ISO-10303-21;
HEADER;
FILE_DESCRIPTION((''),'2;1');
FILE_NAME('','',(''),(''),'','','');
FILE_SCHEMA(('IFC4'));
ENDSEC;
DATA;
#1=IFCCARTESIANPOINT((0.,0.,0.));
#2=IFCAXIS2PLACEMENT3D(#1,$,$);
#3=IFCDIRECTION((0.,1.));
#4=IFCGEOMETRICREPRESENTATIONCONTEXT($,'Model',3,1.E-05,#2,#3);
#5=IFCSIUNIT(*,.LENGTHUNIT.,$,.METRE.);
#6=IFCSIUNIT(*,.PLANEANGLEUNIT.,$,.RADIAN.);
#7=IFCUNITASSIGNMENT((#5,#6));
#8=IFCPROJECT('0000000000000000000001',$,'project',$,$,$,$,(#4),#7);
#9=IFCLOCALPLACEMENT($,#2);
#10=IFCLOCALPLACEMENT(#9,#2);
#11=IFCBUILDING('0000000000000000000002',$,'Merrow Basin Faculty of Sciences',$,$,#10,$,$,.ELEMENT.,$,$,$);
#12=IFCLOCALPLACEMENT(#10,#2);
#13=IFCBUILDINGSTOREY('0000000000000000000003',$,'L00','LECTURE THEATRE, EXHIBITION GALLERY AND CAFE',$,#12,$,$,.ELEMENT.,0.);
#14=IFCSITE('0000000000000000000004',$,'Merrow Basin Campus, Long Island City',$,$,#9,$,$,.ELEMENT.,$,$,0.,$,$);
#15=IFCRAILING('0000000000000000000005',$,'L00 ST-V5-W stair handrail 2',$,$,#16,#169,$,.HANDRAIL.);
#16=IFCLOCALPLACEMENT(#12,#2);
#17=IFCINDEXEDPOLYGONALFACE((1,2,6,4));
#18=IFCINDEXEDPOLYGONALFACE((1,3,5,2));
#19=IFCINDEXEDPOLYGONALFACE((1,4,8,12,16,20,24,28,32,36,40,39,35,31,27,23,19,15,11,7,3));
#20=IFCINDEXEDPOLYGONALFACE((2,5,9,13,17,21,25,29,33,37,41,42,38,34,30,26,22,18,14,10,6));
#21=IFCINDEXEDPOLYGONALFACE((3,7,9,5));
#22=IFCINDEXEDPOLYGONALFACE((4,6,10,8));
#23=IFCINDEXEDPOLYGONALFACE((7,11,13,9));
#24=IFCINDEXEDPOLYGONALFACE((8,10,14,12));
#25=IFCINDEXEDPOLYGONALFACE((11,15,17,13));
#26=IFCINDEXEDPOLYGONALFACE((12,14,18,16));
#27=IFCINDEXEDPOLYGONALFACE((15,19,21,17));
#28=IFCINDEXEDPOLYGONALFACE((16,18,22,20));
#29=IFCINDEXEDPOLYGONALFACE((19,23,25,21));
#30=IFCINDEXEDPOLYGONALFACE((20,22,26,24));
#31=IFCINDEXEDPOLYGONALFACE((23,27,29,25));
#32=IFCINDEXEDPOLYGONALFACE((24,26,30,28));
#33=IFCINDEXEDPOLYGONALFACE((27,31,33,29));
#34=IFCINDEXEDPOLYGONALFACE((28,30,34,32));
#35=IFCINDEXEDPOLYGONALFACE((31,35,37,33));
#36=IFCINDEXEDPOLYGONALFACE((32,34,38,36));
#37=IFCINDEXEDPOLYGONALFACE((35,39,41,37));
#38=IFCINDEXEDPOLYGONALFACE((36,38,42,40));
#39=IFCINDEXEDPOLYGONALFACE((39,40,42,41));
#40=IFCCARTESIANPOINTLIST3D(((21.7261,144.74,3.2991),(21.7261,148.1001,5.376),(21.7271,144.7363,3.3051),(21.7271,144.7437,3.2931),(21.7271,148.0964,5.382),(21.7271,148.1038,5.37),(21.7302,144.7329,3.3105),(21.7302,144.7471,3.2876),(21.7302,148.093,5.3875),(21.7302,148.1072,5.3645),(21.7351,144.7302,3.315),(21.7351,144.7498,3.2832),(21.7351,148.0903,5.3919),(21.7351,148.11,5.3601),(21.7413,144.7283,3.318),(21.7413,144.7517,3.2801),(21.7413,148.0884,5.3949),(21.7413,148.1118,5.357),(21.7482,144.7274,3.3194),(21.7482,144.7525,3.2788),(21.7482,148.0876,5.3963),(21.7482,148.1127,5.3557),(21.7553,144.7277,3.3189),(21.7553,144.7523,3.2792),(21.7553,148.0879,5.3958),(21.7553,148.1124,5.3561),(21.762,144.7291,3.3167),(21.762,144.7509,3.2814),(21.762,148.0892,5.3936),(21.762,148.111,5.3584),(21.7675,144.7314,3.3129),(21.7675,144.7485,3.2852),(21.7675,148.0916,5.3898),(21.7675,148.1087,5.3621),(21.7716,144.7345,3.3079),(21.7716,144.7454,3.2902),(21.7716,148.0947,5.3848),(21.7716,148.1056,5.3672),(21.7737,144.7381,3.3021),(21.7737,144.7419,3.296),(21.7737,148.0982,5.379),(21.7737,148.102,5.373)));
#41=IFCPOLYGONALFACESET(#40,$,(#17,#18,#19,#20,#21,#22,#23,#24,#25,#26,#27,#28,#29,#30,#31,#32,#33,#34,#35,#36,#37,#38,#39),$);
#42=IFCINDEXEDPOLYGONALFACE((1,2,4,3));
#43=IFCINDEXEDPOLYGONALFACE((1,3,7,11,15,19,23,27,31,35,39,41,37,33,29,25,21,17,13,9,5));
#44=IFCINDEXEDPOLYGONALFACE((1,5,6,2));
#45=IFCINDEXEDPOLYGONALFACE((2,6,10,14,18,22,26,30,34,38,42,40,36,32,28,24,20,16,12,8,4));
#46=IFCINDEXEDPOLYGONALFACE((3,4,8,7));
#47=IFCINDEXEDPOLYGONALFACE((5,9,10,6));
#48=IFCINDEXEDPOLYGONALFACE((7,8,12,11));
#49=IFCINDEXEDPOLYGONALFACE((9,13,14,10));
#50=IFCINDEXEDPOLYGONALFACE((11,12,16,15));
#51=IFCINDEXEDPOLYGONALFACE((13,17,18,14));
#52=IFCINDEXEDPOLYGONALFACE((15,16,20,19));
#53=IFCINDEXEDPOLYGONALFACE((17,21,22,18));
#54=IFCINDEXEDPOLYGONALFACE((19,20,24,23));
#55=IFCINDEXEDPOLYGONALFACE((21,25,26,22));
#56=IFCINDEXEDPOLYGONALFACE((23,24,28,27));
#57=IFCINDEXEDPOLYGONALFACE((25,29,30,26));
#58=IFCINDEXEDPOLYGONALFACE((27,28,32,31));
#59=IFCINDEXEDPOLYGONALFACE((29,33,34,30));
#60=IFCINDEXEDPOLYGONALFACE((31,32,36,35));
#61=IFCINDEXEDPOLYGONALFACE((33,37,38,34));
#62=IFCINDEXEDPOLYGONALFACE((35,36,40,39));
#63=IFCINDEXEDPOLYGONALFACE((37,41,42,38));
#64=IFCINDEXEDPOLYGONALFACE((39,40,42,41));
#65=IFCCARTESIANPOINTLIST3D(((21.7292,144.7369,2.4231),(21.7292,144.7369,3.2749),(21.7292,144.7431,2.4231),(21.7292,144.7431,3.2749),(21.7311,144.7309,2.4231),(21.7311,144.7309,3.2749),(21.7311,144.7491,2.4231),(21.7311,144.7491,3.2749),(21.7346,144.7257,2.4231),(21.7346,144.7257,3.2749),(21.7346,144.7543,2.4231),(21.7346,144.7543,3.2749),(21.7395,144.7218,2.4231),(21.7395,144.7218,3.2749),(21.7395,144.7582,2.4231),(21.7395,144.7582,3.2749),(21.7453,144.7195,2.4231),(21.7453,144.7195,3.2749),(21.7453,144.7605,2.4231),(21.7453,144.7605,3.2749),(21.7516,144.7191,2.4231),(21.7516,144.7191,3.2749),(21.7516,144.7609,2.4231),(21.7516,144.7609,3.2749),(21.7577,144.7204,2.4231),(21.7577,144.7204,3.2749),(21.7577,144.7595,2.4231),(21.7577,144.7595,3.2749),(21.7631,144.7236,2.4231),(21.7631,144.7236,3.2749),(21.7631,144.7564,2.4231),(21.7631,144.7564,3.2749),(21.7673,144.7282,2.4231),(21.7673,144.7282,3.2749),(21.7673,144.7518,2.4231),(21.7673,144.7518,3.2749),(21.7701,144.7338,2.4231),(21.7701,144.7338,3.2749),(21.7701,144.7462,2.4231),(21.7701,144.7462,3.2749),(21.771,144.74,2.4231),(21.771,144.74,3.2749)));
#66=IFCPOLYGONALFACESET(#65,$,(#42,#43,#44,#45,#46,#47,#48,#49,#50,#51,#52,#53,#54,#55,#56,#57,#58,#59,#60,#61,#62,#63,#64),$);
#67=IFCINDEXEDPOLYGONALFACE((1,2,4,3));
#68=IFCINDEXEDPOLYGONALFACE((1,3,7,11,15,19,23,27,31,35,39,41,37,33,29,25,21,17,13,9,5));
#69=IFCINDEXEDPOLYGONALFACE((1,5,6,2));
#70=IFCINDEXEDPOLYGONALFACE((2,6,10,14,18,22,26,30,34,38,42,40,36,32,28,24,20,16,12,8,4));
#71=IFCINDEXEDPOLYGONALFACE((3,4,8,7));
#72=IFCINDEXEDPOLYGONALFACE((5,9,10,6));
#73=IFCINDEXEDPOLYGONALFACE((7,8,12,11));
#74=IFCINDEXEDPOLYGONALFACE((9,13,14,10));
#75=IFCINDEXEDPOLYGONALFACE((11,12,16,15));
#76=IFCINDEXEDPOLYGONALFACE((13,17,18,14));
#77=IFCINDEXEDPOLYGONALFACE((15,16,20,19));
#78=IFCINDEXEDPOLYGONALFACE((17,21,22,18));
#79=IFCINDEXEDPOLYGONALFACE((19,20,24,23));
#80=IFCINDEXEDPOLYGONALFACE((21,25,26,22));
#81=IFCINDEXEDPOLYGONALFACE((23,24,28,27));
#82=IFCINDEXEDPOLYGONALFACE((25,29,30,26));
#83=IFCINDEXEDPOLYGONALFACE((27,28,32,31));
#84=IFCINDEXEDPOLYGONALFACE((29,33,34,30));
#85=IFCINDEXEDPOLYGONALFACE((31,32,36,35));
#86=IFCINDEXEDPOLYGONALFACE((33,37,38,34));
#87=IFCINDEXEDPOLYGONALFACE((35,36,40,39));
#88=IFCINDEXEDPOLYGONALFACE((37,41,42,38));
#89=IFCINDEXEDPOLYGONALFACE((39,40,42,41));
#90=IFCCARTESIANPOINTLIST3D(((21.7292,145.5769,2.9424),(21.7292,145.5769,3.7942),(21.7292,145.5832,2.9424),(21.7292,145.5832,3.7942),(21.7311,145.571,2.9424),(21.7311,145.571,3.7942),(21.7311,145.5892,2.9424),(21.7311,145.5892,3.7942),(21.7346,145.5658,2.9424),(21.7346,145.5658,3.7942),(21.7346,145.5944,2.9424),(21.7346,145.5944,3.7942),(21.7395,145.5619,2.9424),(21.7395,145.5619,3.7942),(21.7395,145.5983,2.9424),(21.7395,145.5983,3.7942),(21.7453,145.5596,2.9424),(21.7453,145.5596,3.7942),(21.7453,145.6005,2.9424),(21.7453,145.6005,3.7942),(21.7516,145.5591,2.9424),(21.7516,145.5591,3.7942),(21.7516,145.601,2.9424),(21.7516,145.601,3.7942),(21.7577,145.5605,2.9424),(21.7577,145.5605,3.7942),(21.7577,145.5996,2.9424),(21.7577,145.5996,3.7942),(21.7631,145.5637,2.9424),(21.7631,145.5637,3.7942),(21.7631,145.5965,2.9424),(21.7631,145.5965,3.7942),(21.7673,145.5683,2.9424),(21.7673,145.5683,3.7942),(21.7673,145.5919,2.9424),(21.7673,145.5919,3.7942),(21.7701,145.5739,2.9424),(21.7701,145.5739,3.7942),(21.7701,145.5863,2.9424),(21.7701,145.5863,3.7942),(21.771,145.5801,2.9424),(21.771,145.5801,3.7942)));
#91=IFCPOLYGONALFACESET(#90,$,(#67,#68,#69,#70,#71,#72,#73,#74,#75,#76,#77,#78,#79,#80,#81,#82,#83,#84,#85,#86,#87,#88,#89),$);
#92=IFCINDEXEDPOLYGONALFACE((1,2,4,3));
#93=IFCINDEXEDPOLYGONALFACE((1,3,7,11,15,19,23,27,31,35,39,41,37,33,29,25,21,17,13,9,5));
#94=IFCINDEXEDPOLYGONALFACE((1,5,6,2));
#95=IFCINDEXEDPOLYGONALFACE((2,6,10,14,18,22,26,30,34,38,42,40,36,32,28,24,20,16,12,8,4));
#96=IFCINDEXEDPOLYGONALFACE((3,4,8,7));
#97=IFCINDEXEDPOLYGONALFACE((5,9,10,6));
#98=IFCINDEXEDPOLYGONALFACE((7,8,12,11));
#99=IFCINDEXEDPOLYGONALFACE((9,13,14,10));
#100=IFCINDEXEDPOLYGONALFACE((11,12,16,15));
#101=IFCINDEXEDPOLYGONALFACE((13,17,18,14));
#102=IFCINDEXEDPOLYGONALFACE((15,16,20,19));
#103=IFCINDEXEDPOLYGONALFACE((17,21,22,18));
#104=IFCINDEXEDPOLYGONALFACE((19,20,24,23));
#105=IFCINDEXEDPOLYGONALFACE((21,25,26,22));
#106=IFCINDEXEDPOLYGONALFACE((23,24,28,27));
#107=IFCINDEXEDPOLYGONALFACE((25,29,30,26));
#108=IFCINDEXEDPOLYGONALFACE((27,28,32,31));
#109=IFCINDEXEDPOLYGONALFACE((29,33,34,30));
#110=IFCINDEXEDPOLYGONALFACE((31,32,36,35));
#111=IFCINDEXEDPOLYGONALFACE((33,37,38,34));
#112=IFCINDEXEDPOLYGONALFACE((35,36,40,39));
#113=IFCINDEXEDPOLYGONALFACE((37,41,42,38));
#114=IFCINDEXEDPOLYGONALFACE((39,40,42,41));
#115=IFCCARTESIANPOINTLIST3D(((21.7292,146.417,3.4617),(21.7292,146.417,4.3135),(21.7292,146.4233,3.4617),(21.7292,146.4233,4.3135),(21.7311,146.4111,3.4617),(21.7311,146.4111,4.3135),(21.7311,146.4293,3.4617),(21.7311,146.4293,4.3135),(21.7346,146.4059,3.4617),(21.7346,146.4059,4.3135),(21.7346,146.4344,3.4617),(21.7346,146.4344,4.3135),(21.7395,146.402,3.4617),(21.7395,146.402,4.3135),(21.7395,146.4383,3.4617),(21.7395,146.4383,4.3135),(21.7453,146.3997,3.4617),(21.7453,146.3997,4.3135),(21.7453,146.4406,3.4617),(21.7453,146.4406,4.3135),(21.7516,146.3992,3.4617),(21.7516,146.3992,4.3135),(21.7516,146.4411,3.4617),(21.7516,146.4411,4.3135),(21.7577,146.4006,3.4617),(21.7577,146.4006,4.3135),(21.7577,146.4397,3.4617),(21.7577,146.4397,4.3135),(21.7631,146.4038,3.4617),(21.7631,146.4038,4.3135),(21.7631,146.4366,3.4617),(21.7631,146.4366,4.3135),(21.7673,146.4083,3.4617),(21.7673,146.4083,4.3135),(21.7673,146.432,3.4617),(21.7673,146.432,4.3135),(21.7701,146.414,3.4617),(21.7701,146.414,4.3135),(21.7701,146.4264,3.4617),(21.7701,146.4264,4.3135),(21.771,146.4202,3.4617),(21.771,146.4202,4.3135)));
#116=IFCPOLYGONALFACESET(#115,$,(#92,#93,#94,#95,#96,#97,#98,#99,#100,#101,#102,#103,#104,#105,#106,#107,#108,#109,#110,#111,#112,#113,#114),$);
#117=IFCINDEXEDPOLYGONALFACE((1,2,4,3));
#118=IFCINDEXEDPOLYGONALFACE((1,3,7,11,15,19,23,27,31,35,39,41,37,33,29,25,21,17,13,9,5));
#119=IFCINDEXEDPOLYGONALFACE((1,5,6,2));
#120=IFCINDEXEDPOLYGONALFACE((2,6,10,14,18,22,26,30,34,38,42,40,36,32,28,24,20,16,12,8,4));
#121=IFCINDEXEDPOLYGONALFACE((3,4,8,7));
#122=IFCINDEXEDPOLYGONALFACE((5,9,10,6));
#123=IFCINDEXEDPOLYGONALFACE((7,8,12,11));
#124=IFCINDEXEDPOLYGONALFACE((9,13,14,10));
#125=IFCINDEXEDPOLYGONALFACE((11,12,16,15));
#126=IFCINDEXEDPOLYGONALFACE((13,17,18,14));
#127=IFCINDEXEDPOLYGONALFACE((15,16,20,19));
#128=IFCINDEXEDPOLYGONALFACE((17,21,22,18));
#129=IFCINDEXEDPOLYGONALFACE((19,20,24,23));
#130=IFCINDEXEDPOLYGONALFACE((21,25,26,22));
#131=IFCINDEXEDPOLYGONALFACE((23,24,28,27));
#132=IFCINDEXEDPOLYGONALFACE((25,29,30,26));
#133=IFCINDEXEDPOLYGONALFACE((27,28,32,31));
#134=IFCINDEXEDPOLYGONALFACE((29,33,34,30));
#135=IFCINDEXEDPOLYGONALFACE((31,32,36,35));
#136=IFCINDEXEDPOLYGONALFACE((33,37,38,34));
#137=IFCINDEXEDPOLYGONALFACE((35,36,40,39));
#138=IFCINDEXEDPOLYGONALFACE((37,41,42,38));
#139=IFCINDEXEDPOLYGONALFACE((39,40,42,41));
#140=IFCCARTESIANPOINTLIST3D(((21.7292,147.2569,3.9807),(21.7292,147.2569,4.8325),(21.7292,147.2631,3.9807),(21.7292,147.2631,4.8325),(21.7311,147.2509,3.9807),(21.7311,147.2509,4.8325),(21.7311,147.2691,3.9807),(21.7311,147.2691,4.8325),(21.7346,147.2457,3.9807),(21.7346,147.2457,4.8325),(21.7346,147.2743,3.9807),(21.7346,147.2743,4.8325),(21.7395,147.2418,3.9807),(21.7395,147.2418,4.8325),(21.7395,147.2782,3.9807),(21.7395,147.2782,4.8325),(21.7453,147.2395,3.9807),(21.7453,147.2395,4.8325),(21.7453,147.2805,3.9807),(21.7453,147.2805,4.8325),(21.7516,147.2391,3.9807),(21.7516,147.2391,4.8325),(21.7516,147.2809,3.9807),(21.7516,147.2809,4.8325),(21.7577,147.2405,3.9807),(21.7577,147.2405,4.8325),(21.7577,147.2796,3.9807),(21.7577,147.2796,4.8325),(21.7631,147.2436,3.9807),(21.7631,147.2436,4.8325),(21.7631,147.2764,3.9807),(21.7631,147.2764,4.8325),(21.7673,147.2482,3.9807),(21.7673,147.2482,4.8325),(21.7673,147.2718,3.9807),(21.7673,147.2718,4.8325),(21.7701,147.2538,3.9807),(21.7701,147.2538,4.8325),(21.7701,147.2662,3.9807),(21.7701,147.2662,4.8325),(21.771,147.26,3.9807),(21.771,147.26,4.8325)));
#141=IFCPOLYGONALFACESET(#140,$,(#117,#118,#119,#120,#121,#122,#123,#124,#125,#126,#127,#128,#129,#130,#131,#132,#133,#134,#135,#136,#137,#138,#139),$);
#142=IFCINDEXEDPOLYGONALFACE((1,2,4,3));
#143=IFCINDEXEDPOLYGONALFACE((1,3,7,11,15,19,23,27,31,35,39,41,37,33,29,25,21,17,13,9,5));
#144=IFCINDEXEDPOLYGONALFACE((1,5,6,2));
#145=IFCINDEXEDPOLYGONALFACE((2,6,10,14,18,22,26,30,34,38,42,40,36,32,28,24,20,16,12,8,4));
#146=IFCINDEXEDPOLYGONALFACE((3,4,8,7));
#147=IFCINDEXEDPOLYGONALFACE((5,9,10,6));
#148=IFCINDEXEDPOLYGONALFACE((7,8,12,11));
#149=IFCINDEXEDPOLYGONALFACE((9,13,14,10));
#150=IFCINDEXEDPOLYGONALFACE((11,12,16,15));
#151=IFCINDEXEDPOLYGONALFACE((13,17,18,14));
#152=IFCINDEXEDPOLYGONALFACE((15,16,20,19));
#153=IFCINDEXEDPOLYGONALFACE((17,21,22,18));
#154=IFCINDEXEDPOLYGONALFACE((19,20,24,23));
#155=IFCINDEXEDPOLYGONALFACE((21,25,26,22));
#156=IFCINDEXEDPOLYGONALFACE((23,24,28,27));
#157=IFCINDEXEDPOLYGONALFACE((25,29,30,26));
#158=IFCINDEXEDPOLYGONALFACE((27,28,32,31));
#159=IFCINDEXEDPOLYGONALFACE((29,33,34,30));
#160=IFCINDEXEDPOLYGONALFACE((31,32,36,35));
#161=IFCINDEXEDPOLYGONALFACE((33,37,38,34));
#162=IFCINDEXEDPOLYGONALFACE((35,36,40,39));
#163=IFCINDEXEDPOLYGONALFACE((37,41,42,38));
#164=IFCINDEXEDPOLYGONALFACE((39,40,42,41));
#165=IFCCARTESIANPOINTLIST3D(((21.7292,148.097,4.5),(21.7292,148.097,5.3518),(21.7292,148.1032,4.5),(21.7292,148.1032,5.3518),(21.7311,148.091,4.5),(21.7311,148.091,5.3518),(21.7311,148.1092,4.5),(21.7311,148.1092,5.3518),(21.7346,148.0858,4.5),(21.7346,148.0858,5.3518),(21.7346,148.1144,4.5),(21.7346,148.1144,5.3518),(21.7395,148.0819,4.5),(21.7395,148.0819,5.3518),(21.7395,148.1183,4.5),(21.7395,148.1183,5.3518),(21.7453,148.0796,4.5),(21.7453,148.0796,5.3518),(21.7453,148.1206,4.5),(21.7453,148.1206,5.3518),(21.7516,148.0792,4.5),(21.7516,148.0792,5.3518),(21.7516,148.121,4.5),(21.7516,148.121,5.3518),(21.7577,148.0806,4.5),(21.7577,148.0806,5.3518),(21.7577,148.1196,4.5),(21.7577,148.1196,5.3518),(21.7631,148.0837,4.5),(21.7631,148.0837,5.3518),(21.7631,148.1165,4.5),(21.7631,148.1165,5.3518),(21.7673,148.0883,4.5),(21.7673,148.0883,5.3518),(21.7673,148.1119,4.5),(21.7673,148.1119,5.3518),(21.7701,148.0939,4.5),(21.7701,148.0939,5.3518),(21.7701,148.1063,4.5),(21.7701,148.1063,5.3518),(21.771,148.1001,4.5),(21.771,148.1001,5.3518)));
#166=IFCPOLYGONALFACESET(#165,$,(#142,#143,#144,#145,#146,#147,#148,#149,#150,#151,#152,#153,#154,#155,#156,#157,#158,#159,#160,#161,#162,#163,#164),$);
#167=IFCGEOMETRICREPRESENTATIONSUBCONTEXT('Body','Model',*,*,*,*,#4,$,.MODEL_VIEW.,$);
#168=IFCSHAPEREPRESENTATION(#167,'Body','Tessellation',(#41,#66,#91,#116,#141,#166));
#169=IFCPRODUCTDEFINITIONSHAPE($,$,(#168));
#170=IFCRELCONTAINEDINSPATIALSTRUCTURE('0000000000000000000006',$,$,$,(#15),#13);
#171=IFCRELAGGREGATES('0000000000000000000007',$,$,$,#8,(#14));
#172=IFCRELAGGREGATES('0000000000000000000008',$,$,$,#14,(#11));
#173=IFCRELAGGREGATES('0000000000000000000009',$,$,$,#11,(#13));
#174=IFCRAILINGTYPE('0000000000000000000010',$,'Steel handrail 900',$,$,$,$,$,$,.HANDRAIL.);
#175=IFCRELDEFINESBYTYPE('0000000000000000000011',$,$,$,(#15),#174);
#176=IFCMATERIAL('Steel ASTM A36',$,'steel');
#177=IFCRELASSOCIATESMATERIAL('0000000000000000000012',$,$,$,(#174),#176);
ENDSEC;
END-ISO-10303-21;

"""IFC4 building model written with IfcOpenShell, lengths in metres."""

from ifc_helpers import new_model, si_unit, direction, frame, origin, origin_2d, place, context, subcontext, project, spatial, circle, extrude, material, type_object, element, save


model = new_model("IFC4")

# Units and contexts
model_context = context("Model", 3, precision=1e-05, world=origin(), true_north=direction((0.0, 1.0)))
body_context = subcontext(model_context, "Body", "Model", "MODEL_VIEW")
ifc_project = project(units=[si_unit("LENGTHUNIT", "METRE"), si_unit("PLANEANGLEUNIT", "RADIAN")], contexts=[model_context])

# Site, building, storey
site_placement = place(None, origin())
site = spatial("IfcSite", under=ifc_project, at=site_placement, Name="Merrow Basin Campus, Long Island City", CompositionType="ELEMENT", RefElevation=0.0)
building_placement = place(site_placement, origin())
building = spatial("IfcBuilding", under=site, at=building_placement, Name="Merrow Basin Faculty of Sciences", CompositionType="ELEMENT")
storey_placement = place(building_placement, origin())
storey = spatial("IfcBuildingStorey", under=building, at=storey_placement, Name="L00", Description="LECTURE THEATRE, EXHIBITION GALLERY AND CAFE", CompositionType="ELEMENT", Elevation=0.0)

# Railing
ifc_material_1 = material(Name="Steel ASTM A36", Category="steel")
railing_type_1 = type_object("IfcRailingType", Name="Steel handrail 900", PredefinedType="HANDRAIL", material=ifc_material_1)
railing_1_placement = place(storey_placement, frame((21.75, 144.74, 2.4231)))
element("IfcRailing", 1, at=railing_1_placement, inside=storey, type_object=railing_type_1, Name="L00 ST-V5-W stair handrail 2", PredefinedType="HANDRAIL", context=body_context, shape_type="SweptSolid", body=[
    extrude(circle(Radius=0.0239, at=origin_2d()), frame((0.0, 0.0, 0.876), z_axis=(0.0, 0.850623, 0.525776), x_axis=(-1.0, 0.0, 0.0)), (0.0, 0.0, 1.0), 3.9502),
    extrude(circle(Radius=0.021, at=origin_2d()), origin(), (0.0, 0.0, 1.0), 0.8518),
    extrude(circle(Radius=0.021, at=origin_2d()), frame((0.0, 0.8401, 0.5193)), (0.0, 0.0, 1.0), 0.8518),
    extrude(circle(Radius=0.021, at=origin_2d()), frame((0.0, 1.6802, 1.0386)), (0.0, 0.0, 1.0), 0.8518),
    extrude(circle(Radius=0.021, at=origin_2d()), frame((0.0, 2.52, 1.5576)), (0.0, 0.0, 1.0), 0.8518),
    extrude(circle(Radius=0.021, at=origin_2d()), frame((0.0, 3.3601, 2.0769)), (0.0, 0.0, 1.0), 0.8518),
])

save(model, "model.ifc")
